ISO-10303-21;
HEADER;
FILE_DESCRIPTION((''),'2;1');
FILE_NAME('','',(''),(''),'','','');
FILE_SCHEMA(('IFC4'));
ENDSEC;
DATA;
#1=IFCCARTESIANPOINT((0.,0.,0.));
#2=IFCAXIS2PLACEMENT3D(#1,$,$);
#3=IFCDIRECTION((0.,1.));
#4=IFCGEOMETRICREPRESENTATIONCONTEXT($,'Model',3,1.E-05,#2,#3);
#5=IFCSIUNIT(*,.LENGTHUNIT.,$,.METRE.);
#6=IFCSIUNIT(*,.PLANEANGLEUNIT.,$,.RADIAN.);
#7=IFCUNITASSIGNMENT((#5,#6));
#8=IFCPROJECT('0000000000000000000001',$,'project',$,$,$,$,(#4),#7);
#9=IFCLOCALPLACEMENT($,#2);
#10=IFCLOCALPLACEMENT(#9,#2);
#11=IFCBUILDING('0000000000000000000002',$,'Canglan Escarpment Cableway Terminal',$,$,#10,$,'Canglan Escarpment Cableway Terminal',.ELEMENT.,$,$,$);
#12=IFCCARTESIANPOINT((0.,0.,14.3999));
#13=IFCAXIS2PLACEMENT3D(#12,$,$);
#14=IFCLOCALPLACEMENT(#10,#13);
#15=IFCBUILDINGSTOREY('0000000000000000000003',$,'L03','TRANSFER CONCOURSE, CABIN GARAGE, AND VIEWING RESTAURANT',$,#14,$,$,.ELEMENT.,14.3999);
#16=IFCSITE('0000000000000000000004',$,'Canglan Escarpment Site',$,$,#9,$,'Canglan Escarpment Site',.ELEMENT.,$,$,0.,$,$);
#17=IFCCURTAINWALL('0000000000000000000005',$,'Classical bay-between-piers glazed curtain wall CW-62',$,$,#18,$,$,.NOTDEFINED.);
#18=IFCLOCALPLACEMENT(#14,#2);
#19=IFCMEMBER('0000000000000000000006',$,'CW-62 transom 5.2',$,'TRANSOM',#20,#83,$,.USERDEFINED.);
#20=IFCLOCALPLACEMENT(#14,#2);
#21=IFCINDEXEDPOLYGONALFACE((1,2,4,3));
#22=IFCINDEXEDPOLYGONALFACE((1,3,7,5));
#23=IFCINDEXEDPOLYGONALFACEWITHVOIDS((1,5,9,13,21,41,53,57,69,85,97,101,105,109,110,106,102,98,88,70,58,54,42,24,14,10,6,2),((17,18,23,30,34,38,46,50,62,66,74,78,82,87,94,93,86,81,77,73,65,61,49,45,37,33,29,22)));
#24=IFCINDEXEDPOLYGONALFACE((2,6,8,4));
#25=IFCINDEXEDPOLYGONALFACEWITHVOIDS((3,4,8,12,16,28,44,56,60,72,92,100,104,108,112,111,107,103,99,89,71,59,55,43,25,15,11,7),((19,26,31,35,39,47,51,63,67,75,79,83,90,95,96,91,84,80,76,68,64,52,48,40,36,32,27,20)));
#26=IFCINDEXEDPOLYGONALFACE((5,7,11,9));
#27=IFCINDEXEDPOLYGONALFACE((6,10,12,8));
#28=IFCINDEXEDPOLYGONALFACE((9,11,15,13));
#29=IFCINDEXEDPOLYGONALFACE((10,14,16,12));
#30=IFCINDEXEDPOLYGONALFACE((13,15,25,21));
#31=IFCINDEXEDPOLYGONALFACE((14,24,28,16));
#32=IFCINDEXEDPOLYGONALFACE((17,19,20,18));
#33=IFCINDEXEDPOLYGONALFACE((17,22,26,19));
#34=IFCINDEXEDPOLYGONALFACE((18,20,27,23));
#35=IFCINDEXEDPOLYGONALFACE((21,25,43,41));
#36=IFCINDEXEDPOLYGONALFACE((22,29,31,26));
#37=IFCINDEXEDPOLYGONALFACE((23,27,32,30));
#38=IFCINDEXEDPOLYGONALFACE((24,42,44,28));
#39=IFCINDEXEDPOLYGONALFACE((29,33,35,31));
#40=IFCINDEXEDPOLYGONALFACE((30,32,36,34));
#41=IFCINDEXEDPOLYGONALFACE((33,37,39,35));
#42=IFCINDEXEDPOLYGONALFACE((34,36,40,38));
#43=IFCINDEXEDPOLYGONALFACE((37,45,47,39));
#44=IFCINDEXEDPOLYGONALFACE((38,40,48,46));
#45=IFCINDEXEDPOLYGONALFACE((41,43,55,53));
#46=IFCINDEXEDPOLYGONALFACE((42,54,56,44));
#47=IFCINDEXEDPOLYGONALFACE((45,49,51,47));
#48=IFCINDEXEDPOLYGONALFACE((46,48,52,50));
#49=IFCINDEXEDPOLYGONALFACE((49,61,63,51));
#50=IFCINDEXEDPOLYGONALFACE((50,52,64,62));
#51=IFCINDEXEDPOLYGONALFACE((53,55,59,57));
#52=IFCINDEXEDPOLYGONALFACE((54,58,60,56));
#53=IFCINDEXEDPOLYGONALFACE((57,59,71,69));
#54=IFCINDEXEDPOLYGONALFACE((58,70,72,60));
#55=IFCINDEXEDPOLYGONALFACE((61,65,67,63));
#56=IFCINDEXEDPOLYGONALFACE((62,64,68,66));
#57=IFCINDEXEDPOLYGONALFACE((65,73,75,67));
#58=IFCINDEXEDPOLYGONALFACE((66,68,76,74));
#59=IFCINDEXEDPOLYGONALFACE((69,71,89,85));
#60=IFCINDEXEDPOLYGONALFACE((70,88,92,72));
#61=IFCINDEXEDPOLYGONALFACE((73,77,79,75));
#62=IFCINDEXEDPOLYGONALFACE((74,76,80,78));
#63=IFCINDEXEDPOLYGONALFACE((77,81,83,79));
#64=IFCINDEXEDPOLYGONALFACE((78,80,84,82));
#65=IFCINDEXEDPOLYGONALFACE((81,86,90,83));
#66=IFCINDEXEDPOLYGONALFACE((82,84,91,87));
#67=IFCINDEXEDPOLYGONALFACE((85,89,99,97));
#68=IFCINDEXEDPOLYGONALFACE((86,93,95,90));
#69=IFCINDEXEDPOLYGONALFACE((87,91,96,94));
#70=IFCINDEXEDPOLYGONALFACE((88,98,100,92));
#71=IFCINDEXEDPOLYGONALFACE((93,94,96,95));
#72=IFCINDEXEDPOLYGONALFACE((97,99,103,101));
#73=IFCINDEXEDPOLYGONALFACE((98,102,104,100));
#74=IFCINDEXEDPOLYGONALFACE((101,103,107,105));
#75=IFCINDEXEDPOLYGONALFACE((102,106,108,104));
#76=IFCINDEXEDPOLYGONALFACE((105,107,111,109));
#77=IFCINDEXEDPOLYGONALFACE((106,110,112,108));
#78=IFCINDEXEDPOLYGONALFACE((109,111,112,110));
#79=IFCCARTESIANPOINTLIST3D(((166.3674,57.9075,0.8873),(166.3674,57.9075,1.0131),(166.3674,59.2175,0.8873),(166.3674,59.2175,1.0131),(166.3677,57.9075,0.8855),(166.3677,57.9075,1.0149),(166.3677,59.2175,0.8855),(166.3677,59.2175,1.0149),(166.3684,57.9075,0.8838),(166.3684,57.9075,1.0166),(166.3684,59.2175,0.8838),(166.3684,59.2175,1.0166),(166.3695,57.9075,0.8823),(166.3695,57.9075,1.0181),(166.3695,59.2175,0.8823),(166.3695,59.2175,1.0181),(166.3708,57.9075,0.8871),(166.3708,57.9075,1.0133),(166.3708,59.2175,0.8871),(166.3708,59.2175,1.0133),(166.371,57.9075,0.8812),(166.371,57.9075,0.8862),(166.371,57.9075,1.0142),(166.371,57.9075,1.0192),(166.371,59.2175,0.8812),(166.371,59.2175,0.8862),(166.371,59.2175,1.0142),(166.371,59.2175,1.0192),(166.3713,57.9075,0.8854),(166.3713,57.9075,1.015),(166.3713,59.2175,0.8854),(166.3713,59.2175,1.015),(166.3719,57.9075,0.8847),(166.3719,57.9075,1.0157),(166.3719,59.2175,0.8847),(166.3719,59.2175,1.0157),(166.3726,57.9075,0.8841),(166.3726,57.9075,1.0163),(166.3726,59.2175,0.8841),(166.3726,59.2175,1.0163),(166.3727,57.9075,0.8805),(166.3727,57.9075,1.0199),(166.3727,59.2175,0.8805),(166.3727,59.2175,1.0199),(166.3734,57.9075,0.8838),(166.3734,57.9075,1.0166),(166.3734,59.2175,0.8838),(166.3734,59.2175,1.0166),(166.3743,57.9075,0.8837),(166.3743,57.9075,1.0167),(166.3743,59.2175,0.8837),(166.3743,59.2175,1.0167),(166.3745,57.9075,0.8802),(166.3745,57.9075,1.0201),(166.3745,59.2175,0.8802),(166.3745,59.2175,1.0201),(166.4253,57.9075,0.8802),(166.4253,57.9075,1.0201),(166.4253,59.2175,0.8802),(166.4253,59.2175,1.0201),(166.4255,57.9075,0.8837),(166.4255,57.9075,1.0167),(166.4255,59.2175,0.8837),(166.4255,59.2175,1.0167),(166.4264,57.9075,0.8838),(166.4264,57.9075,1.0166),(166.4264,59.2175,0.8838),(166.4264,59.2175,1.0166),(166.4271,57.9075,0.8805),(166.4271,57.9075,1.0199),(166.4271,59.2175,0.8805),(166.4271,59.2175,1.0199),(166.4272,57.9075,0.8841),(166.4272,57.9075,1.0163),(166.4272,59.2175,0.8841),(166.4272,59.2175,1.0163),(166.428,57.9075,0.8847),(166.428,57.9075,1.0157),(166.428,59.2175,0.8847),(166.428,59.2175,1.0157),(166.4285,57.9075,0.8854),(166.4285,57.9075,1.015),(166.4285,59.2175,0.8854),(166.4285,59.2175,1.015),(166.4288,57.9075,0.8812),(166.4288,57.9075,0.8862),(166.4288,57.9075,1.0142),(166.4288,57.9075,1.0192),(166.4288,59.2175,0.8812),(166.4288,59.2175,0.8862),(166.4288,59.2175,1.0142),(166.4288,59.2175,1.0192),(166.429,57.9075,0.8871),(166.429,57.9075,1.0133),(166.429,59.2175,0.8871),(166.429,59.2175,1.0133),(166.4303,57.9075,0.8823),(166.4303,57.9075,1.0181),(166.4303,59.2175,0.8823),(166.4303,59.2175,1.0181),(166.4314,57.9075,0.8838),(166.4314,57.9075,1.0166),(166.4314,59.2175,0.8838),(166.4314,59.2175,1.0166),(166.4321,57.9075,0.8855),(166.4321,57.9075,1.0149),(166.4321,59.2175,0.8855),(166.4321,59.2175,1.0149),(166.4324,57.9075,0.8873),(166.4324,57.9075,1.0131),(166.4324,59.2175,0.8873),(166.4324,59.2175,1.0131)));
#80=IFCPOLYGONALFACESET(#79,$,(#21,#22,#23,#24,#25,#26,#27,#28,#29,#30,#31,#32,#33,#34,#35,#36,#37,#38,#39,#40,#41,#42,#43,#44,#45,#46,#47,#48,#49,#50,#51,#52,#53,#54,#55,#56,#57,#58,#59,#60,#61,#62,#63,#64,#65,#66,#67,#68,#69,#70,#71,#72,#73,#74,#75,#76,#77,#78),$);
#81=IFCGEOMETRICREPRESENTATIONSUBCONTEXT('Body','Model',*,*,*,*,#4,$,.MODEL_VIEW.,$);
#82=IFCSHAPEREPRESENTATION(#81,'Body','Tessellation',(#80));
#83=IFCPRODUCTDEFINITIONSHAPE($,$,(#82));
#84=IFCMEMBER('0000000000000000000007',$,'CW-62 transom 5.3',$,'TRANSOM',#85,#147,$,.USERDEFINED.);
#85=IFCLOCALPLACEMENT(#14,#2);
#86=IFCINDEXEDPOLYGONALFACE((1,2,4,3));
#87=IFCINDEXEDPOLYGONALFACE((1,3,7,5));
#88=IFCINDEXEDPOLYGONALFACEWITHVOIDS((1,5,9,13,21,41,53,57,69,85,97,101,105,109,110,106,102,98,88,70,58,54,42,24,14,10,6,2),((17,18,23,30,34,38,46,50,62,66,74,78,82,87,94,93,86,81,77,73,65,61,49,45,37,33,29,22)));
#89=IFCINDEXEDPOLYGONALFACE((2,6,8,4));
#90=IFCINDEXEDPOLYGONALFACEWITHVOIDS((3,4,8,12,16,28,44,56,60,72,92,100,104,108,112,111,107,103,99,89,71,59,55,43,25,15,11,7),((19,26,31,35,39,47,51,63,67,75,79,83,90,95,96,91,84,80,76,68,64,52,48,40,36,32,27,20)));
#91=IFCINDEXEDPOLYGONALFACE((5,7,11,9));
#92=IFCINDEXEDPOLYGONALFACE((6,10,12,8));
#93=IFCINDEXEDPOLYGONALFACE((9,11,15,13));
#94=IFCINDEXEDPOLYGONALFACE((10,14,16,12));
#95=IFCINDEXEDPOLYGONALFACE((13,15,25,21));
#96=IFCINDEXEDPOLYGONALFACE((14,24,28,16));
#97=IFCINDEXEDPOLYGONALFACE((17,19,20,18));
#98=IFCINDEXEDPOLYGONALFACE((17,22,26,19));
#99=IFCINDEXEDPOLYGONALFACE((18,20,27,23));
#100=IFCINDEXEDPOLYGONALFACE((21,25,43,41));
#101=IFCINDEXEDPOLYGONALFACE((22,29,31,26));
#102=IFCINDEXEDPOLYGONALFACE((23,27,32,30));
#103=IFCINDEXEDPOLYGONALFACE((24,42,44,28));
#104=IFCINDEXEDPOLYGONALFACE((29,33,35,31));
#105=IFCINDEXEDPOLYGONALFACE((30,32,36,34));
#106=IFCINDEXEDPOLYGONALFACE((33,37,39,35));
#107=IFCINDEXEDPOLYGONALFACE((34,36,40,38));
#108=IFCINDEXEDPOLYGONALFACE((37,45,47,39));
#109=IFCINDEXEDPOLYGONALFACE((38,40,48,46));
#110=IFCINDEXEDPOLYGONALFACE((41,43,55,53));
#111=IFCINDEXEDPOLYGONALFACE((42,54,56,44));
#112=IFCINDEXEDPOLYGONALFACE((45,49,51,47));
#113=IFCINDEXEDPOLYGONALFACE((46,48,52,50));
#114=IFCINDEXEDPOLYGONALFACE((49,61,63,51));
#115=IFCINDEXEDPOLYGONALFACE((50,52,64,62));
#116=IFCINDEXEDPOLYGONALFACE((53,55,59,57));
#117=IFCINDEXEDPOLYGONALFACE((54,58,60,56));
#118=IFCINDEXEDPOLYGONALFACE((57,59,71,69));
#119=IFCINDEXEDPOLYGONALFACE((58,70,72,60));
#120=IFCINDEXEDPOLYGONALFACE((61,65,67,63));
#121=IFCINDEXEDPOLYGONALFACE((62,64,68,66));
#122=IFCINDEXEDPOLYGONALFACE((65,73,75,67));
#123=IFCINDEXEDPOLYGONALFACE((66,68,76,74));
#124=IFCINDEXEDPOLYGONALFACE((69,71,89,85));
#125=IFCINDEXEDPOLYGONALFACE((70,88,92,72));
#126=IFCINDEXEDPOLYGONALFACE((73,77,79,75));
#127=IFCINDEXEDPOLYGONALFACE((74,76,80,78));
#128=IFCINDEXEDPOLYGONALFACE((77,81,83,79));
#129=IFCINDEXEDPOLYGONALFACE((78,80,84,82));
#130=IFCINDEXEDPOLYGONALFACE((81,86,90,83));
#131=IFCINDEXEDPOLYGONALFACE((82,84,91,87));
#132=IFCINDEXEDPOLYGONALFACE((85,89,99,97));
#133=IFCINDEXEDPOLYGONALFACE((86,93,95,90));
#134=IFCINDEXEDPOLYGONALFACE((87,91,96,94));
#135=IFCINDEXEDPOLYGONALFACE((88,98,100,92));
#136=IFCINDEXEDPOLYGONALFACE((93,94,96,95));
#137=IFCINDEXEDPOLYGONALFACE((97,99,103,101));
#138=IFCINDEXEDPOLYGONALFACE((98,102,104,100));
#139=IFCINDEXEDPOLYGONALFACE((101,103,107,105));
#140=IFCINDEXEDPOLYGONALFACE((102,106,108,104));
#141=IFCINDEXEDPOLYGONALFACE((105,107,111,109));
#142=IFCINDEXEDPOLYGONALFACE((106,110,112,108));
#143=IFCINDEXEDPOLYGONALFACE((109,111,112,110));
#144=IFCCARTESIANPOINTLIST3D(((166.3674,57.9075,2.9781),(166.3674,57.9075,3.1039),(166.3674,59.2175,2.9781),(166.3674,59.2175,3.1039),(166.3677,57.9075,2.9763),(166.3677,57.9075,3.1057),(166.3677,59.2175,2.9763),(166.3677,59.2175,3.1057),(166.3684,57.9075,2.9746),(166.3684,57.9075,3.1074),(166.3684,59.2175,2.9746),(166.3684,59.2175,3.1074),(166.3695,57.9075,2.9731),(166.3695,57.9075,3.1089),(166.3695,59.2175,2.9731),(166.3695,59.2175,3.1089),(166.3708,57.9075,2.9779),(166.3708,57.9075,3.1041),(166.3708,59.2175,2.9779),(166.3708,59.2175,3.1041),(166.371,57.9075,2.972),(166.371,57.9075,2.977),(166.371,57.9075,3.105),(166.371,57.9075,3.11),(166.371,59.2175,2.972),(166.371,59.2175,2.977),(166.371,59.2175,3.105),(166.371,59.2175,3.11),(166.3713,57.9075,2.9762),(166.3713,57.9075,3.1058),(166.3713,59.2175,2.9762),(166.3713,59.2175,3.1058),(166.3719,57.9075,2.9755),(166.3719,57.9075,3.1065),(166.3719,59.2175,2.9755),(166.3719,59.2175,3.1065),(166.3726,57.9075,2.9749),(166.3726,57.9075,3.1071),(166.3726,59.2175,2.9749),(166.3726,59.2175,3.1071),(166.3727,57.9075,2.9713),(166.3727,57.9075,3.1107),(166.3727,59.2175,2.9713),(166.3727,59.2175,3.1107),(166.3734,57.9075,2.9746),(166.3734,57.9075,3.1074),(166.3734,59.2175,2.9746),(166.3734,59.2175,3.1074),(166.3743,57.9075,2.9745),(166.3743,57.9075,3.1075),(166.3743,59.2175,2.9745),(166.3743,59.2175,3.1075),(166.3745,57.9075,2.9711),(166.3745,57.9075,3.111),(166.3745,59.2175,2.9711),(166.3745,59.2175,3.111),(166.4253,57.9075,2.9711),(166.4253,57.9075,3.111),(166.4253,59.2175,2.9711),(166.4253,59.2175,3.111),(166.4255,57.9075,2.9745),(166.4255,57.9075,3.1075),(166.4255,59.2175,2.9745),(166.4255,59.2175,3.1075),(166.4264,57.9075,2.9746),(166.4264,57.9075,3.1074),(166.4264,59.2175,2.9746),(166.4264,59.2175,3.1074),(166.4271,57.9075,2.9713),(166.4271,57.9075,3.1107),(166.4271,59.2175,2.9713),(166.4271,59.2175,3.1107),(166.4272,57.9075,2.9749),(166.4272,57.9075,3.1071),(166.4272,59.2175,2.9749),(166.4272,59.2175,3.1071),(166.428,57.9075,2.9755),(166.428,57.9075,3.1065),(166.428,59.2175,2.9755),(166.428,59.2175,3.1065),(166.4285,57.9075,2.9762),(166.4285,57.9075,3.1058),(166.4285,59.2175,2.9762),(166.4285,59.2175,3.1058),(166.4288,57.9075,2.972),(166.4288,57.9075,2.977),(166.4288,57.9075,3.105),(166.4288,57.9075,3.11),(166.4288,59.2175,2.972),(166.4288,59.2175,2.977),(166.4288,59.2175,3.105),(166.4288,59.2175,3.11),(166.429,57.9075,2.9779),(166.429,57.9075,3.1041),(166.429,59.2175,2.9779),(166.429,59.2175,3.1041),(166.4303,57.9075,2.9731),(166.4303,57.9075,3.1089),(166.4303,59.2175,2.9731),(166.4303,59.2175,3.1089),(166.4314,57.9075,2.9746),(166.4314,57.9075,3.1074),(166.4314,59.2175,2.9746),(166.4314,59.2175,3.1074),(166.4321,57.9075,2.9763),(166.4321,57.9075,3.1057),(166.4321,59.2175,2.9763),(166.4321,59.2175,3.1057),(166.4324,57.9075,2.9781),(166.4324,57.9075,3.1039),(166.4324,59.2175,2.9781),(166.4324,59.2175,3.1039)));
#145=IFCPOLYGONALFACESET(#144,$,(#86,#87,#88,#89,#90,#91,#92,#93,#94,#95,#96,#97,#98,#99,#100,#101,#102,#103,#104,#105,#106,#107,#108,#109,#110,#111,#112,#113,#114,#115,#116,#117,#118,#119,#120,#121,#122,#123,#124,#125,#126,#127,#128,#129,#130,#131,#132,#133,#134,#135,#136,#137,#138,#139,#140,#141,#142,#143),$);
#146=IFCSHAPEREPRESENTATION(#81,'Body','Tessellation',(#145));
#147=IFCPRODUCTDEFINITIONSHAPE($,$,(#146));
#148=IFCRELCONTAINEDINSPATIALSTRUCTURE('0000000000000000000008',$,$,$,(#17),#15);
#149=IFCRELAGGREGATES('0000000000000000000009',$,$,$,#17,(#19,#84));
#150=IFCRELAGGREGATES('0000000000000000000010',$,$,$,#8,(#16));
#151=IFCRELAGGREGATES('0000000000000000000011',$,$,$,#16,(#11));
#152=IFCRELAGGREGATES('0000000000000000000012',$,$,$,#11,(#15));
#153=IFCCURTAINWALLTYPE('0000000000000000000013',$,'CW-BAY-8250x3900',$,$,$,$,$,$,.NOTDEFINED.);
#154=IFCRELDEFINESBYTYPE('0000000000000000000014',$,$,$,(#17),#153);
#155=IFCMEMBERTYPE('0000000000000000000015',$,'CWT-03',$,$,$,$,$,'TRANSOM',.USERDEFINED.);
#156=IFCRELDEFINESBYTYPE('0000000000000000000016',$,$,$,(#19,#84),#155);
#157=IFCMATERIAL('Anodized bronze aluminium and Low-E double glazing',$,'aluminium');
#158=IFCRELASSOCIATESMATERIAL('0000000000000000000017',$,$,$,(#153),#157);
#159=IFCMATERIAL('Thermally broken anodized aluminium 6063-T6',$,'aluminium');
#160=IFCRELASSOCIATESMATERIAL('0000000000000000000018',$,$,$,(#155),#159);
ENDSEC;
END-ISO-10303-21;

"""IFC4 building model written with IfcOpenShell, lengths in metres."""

from ifc_helpers import new_model, si_unit, direction, frame, origin, origin_2d, place, context, subcontext, project, spatial, hollow_rectangle, extrude, material, material_profile, profile_set, type_object, element, aggregate, save


model = new_model("IFC4")

# Units and contexts
model_context = context("Model", 3, precision=1e-05, world=origin(), true_north=direction((0.0, 1.0)))
body_context = subcontext(model_context, "Body", "Model", "MODEL_VIEW")
ifc_project = project(units=[si_unit("LENGTHUNIT", "METRE"), si_unit("PLANEANGLEUNIT", "RADIAN")], contexts=[model_context])

# Site, building, storey
site_placement = place(None, origin())
site = spatial("IfcSite", under=ifc_project, at=site_placement, Name="Canglan Escarpment Site", LongName="Canglan Escarpment Site", CompositionType="ELEMENT", RefElevation=0.0)
building_placement = place(site_placement, origin())
building = spatial("IfcBuilding", under=site, at=building_placement, Name="Canglan Escarpment Cableway Terminal", LongName="Canglan Escarpment Cableway Terminal", CompositionType="ELEMENT")
storey_placement = place(building_placement, frame((0.0, 0.0, 14.3999)))
storey = spatial("IfcBuildingStorey", under=building, at=storey_placement, Name="L03", Description="TRANSFER CONCOURSE, CABIN GARAGE, AND VIEWING RESTAURANT", CompositionType="ELEMENT", Elevation=14.3999)

# Curtain wall
ifc_material_1 = material(Name="Anodized bronze aluminium and Low-E double glazing", Category="aluminium")
curtain_wall_type = type_object("IfcCurtainWallType", Name="CW-BAY-8250x3900", PredefinedType="NOTDEFINED", material=ifc_material_1)
ifc_material_2 = material(Name="Thermally broken anodized aluminium 6063-T6", Category="aluminium")
curtain_wall_1_placement = place(storey_placement, origin())
curtain_wall_1 = element("IfcCurtainWall", 1, at=curtain_wall_1_placement, inside=storey, type_object=curtain_wall_type, Name="Classical bay-between-piers glazed curtain wall CW-62", PredefinedType="NOTDEFINED")

# Members
ifc_material_profile_1 = material_profile(ifc_material_2, hollow_rectangle(XDim=0.0649, YDim=0.1399, WallThickness=0.0034, InnerFilletRadius=0.0034, OuterFilletRadius=0.0071, at=origin_2d()), Name="ALU-TRAN 65x140x3.5")
ifc_profile_set_1 = profile_set([ifc_material_profile_1], Name="Thermally broken anodized aluminium 6063-T6")
member_type_1 = type_object("IfcMemberType", Name="CWT-03", ElementType="TRANSOM", PredefinedType="USERDEFINED", material=ifc_profile_set_1)
member_1_placement = place(storey_placement, frame((166.3999, 57.9075, 0.9502), z_axis=(0.0, 1.0, 0.0), x_axis=(-1.0, 0.0, 0.0)))
member_1 = element("IfcMember", 2, at=member_1_placement, type_object=member_type_1, Name="CW-62 transom 5.2", ObjectType="TRANSOM", PredefinedType="USERDEFINED", context=body_context, shape_type="SweptSolid", body=[
    extrude(hollow_rectangle(XDim=0.0649, YDim=0.1399, WallThickness=0.0034, InnerFilletRadius=0.0034, OuterFilletRadius=0.0071, at=origin_2d()), origin(), (0.0, 0.0, 1.0), 1.3101),
])
member_2_placement = place(storey_placement, frame((166.3999, 57.9075, 3.041), z_axis=(0.0, 1.0, 0.0), x_axis=(-1.0, 0.0, 0.0)))
member_2 = element("IfcMember", 3, at=member_2_placement, type_object=member_type_1, Name="CW-62 transom 5.3", ObjectType="TRANSOM", PredefinedType="USERDEFINED", context=body_context, shape_type="SweptSolid", body=[
    extrude(hollow_rectangle(XDim=0.0649, YDim=0.1399, WallThickness=0.0034, InnerFilletRadius=0.0034, OuterFilletRadius=0.0071, at=origin_2d()), origin(), (0.0, 0.0, 1.0), 1.3101),
])

aggregate(curtain_wall_1, [member_1, member_2])

save(model, "model.ifc")
